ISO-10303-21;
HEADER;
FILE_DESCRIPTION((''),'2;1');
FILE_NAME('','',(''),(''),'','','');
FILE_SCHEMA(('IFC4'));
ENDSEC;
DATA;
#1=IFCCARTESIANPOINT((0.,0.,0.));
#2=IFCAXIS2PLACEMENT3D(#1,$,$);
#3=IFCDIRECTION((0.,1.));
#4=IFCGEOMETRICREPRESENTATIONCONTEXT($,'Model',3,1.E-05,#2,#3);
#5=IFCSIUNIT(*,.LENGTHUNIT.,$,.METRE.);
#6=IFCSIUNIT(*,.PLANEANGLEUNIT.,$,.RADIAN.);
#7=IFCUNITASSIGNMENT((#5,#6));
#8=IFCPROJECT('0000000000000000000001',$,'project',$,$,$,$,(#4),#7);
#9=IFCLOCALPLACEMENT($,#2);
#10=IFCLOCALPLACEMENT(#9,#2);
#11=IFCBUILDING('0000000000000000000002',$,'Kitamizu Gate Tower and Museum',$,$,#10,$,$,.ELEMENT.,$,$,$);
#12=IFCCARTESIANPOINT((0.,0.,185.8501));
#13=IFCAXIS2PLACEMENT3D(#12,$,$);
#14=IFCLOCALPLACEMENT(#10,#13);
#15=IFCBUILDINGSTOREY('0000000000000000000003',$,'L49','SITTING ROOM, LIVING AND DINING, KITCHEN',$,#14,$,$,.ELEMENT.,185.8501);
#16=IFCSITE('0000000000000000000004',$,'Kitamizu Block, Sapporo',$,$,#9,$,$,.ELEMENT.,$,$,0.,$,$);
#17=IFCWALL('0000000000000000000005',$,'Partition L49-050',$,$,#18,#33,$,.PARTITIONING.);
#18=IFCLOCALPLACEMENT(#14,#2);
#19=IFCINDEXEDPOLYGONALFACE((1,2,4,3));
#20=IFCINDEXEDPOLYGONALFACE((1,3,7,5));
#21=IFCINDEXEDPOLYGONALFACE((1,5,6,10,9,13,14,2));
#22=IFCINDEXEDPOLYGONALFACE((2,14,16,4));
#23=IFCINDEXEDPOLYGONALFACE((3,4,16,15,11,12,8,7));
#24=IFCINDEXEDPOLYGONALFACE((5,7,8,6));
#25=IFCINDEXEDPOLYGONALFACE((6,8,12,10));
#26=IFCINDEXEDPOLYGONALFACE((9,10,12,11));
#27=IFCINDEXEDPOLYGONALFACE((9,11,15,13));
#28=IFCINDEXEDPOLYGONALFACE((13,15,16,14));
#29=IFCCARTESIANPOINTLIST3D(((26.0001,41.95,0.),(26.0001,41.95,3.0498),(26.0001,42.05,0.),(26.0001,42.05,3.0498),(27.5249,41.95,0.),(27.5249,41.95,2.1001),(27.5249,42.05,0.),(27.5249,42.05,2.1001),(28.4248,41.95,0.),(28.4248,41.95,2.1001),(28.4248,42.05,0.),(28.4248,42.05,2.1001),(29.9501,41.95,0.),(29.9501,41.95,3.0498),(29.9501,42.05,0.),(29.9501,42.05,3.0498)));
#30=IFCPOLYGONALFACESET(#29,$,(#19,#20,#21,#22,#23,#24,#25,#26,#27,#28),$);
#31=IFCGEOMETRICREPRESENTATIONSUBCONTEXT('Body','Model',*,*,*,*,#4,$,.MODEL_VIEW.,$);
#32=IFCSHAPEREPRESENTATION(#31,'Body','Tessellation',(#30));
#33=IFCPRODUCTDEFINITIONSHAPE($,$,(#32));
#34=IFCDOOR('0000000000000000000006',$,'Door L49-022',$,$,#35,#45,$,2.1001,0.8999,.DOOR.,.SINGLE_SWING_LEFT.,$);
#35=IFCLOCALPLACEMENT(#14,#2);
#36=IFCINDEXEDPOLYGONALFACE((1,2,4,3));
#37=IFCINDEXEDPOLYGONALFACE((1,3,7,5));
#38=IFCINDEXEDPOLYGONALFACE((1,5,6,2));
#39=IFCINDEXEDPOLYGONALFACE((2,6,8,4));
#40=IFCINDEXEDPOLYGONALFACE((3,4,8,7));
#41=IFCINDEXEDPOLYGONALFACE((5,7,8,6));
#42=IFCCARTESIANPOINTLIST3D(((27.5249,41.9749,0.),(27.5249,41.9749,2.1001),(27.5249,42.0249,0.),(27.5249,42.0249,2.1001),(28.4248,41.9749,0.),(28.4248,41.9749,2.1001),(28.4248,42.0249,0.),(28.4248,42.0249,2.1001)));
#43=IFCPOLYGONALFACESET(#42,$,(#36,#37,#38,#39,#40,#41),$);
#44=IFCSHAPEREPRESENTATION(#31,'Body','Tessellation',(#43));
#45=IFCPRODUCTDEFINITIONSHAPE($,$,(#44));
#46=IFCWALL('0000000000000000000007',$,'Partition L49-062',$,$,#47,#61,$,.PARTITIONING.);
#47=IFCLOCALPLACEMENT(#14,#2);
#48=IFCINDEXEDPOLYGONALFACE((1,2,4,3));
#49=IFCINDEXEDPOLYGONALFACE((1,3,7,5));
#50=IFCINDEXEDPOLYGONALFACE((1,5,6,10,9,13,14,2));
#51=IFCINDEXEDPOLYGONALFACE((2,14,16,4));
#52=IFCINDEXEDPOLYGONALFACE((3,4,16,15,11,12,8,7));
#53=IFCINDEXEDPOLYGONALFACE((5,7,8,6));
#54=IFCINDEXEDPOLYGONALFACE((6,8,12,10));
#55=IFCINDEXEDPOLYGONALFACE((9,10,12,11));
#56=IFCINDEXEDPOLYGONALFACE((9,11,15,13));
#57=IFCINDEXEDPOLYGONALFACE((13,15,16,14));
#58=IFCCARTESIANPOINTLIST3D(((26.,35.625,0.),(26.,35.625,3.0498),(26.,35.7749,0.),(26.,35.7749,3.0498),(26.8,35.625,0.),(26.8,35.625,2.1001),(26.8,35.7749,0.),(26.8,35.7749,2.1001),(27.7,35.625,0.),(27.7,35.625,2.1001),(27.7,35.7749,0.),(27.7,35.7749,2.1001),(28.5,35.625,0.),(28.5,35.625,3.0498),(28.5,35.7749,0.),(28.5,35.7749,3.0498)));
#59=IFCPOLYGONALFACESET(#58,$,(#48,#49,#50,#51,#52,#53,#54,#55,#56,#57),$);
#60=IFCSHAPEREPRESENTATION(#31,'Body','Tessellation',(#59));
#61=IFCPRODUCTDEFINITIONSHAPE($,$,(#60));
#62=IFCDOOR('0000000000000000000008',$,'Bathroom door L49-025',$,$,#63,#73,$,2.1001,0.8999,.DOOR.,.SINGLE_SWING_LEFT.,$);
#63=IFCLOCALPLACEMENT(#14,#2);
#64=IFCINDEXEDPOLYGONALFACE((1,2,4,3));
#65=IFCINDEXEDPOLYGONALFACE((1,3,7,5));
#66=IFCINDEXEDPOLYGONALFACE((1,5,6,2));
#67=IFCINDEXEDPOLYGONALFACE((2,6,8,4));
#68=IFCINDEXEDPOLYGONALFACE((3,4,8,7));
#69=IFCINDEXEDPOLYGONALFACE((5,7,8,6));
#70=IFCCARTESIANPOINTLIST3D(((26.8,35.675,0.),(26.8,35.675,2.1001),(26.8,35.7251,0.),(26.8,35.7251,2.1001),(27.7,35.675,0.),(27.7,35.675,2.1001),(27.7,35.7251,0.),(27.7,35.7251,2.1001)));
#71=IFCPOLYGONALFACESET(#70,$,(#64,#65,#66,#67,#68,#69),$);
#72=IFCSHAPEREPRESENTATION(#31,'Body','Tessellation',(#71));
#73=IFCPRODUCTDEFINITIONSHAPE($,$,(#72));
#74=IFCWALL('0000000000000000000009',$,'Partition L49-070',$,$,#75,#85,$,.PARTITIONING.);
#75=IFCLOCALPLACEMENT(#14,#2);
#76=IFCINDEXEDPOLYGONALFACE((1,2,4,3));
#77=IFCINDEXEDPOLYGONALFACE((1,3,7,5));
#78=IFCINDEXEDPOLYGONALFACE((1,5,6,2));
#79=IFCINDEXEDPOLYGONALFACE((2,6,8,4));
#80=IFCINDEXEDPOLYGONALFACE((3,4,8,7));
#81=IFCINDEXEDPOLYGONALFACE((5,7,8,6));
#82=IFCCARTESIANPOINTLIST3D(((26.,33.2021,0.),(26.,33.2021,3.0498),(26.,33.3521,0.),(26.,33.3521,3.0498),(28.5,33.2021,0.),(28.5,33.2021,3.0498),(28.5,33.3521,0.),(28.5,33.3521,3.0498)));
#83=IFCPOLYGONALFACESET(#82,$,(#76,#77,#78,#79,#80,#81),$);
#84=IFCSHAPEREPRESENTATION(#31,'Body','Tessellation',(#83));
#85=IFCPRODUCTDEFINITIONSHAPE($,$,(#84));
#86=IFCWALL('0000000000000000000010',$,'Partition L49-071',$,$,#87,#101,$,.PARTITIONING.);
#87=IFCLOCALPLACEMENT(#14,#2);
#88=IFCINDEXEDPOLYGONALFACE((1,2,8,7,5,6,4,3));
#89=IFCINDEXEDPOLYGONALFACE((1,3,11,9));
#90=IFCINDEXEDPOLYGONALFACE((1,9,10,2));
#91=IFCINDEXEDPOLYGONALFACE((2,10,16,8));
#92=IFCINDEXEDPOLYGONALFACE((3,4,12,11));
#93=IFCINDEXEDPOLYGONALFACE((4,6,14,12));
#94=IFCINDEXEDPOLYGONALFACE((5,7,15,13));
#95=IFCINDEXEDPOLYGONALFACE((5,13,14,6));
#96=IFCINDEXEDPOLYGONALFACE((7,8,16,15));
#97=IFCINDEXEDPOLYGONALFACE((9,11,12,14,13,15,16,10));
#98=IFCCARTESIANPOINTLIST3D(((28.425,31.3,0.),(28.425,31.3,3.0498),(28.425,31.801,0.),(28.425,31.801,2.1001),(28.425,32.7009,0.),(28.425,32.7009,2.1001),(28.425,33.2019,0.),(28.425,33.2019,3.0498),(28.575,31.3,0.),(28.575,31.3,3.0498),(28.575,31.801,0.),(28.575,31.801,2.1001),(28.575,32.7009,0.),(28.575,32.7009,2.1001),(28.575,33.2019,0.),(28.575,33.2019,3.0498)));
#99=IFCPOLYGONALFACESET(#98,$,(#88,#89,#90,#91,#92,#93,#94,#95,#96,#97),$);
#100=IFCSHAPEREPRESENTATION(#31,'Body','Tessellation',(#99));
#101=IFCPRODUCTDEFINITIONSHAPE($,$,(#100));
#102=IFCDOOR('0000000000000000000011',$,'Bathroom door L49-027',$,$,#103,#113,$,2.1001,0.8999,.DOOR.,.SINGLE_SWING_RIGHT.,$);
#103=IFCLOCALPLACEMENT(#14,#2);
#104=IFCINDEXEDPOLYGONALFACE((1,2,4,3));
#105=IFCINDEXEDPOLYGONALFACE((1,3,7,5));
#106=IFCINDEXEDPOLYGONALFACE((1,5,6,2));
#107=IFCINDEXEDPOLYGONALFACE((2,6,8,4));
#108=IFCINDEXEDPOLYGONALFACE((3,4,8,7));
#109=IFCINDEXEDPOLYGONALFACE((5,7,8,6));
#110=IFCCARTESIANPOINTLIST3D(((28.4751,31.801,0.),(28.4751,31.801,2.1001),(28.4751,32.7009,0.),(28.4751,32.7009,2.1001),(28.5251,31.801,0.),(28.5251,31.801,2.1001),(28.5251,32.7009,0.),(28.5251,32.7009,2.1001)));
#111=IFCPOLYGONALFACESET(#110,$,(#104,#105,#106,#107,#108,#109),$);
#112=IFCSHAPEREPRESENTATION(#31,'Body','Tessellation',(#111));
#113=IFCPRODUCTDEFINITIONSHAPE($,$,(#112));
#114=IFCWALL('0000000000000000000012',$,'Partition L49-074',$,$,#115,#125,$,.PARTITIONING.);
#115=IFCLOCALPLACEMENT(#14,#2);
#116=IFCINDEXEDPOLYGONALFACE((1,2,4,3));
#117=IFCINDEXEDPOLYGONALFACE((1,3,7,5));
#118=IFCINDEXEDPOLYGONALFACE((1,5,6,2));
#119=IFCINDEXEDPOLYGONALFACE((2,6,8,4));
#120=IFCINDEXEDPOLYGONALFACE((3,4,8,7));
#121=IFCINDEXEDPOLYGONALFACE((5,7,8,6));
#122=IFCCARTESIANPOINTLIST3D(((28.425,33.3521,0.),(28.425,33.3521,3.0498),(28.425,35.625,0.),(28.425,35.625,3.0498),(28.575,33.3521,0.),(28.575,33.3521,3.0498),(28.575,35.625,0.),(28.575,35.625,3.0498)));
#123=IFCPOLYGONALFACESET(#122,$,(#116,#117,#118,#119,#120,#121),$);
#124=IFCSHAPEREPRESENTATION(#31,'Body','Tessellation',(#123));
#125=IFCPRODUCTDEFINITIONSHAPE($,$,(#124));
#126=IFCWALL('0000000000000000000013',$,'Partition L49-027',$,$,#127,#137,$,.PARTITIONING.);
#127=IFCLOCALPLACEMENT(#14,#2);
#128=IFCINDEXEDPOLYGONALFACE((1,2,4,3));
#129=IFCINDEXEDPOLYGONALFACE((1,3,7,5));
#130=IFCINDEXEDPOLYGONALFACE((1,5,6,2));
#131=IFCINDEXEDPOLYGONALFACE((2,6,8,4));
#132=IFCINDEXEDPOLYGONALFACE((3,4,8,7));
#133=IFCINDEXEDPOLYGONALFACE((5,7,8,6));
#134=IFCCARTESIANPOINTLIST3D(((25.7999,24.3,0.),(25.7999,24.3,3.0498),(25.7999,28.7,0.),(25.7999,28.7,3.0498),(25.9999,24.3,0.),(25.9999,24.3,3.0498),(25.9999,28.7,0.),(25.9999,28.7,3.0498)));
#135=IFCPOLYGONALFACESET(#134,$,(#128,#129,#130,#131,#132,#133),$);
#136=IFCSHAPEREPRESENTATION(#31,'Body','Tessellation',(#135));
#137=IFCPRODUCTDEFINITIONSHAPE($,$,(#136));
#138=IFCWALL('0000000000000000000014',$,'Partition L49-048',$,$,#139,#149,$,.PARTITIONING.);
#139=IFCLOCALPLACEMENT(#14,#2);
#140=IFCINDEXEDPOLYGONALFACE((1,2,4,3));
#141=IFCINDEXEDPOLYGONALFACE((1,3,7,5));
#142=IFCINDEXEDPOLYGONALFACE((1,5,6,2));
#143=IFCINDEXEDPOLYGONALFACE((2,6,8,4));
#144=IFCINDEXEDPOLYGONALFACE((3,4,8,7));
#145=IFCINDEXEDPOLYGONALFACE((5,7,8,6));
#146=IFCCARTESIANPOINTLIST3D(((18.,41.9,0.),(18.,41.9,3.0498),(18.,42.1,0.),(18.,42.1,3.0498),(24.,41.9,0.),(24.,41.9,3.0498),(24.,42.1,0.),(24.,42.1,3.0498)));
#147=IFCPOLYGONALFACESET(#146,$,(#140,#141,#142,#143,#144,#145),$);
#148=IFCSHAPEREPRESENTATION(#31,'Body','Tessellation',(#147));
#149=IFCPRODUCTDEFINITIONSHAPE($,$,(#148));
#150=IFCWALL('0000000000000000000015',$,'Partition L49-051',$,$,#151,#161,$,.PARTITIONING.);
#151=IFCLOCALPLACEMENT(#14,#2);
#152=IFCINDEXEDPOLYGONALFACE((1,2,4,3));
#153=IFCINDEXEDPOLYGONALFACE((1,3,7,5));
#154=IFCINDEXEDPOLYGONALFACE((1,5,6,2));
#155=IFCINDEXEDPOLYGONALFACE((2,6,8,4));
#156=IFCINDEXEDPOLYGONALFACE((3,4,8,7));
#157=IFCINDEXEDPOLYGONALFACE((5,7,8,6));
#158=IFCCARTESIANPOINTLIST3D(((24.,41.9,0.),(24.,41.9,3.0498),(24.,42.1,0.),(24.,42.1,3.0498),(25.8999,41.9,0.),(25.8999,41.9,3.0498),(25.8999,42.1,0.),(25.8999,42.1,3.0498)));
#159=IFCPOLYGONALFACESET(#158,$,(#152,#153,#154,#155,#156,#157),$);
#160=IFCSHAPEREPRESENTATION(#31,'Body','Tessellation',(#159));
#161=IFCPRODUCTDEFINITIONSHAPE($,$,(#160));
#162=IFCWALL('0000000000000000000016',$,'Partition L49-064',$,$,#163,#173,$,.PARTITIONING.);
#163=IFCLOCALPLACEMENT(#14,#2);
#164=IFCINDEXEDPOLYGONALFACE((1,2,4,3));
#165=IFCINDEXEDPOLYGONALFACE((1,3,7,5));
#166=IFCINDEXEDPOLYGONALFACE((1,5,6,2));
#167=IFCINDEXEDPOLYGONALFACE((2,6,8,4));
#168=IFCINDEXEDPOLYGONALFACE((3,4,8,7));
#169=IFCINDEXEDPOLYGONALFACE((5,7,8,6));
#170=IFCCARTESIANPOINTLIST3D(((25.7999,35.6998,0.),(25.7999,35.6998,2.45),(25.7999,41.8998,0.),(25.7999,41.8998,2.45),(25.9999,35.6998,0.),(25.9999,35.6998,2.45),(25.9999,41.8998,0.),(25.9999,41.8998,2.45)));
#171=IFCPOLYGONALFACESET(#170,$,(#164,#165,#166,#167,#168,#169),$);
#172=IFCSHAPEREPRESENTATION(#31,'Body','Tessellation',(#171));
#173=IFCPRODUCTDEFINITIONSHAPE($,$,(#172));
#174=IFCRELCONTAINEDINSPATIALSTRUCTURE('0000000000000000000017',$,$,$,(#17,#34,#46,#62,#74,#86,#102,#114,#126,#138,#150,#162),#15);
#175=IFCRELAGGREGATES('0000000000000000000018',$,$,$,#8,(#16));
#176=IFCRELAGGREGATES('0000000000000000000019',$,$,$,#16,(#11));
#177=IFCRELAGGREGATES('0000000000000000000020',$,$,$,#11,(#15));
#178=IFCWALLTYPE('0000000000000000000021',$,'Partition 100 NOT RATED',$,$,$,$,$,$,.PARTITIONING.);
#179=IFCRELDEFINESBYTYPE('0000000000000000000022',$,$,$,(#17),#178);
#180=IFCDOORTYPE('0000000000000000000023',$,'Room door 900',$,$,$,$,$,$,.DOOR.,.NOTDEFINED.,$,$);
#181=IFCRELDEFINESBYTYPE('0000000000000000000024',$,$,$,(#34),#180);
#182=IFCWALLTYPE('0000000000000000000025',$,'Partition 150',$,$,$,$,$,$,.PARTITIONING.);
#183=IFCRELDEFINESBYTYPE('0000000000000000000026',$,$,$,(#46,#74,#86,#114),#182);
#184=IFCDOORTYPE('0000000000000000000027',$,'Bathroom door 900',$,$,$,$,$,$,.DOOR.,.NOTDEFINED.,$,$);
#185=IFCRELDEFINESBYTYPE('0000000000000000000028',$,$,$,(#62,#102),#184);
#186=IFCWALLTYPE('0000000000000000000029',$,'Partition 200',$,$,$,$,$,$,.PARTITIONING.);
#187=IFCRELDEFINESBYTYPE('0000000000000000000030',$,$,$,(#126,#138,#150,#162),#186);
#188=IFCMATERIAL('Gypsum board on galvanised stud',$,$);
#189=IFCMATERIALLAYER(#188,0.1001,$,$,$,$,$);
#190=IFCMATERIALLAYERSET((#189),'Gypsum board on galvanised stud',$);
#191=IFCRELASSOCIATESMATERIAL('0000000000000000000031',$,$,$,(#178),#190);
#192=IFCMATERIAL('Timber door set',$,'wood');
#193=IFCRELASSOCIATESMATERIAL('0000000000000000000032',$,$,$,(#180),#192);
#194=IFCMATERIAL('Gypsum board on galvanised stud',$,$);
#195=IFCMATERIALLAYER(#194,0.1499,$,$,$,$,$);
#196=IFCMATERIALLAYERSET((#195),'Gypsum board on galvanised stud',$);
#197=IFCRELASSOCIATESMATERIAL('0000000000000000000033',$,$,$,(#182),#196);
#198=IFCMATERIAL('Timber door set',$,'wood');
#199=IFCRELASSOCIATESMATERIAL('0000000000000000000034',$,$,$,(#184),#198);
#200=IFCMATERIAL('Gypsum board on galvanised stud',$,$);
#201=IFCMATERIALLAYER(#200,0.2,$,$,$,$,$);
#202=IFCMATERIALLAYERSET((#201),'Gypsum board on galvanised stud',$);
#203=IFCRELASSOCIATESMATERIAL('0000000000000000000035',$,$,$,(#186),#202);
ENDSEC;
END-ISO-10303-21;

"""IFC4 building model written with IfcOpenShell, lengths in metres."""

from ifc_helpers import new_model, si_unit, direction, frame, frame_2d, origin, place, context, subcontext, project, spatial, rectangle, extrude, material, layer, layer_set, type_object, element, fill, save


model = new_model("IFC4")

# Units and contexts
model_context = context("Model", 3, precision=1e-05, world=origin(), true_north=direction((0.0, 1.0)))
body_context = subcontext(model_context, "Body", "Model", "MODEL_VIEW")
ifc_project = project(units=[si_unit("LENGTHUNIT", "METRE"), si_unit("PLANEANGLEUNIT", "RADIAN")], contexts=[model_context])

# Site, building, storey
site_placement = place(None, origin())
site = spatial("IfcSite", under=ifc_project, at=site_placement, Name="Kitamizu Block, Sapporo", CompositionType="ELEMENT", RefElevation=0.0)
building_placement = place(site_placement, origin())
building = spatial("IfcBuilding", under=site, at=building_placement, Name="Kitamizu Gate Tower and Museum", CompositionType="ELEMENT")
storey_placement = place(building_placement, frame((0.0, 0.0, 185.8501)))
storey = spatial("IfcBuildingStorey", under=building, at=storey_placement, Name="L49", Description="SITTING ROOM, LIVING AND DINING, KITCHEN", CompositionType="ELEMENT", Elevation=185.8501)

# Walls, openings, doors
ifc_material_1 = material(Name="Gypsum board on galvanised stud")
ifc_layer_1 = layer(ifc_material_1, 0.1001)
ifc_layer_set_1 = layer_set([ifc_layer_1], Name="Gypsum board on galvanised stud")
wall_type_1 = type_object("IfcWallType", Name="Partition 100 NOT RATED", PredefinedType="PARTITIONING", material=ifc_layer_set_1)
ifc_material_2 = material(Name="Timber door set", Category="wood")
door_type_1 = type_object("IfcDoorType", Name="Room door 900", OperationType="NOTDEFINED", PredefinedType="DOOR", material=ifc_material_2)
wall_1_placement = place(storey_placement, frame((26.0, 42.0, 0.0), z_axis=(0.0, 0.0, 1.0), x_axis=(1.0, 0.0, 0.0)))
wall_1 = element("IfcWall", 1, at=wall_1_placement, inside=storey, type_object=wall_type_1, Name="Partition L49-050", PredefinedType="PARTITIONING", context=body_context, shape_type="SweptSolid", body=[
    extrude(rectangle(XDim=3.95, YDim=0.1001, at=frame_2d((1.9751, 0.0))), origin(), (0.0, 0.0, 1.0), 3.0498),
])
opening_1_placement = place(wall_1_placement, frame((1.5249, 0.0, 0.0)))
opening_1 = element("IfcOpeningElement", 2, at=opening_1_placement, cuts=wall_1, PredefinedType="OPENING", context=body_context, shape_type="SweptSolid", body=[
    extrude(rectangle(XDim=0.8999, YDim=2.1001, at=frame_2d((0.45, 1.05))), frame((0.0, 0.0601, 0.0), z_axis=(0.0, -1.0, 0.0), x_axis=(1.0, 0.0, 0.0)), (0.0, 0.0, 1.0), 0.1201),
])
door_1_placement = place(opening_1_placement, origin())
door_1 = element("IfcDoor", 3, at=door_1_placement, inside=storey, type_object=door_type_1, Name="Door L49-022", OperationType="SINGLE_SWING_LEFT", OverallHeight=2.1001, OverallWidth=0.8999, PredefinedType="DOOR", context=body_context, shape_type="SweptSolid", body=[
    extrude(rectangle(XDim=0.8999, YDim=2.1001, at=frame_2d((0.45, 1.05))), frame((0.0, 0.0249, 0.0), z_axis=(0.0, -1.0, 0.0), x_axis=(1.0, 0.0, 0.0)), (0.0, 0.0, 1.0), 0.05),
])
fill(opening_1, door_1)
ifc_material_3 = material(Name="Gypsum board on galvanised stud")
ifc_layer_2 = layer(ifc_material_3, 0.1499)
ifc_layer_set_2 = layer_set([ifc_layer_2], Name="Gypsum board on galvanised stud")
wall_type_2 = type_object("IfcWallType", Name="Partition 150", PredefinedType="PARTITIONING", material=ifc_layer_set_2)
wall_2_placement = place(storey_placement, frame((26.0, 35.7, 0.0), z_axis=(0.0, 0.0, 1.0), x_axis=(1.0, 0.0, 0.0)))
wall_2 = element("IfcWall", 4, at=wall_2_placement, inside=storey, type_object=wall_type_2, Name="Partition L49-062", PredefinedType="PARTITIONING", context=body_context, shape_type="SweptSolid", body=[
    extrude(rectangle(XDim=2.5, YDim=0.1499, at=frame_2d((1.25, 0.0))), origin(), (0.0, 0.0, 1.0), 3.0498),
])
opening_2_placement = place(wall_2_placement, frame((0.8, 0.0, 0.0)))
opening_2 = element("IfcOpeningElement", 5, at=opening_2_placement, cuts=wall_2, PredefinedType="OPENING", context=body_context, shape_type="SweptSolid", body=[
    extrude(rectangle(XDim=0.8999, YDim=2.1001, at=frame_2d((0.45, 1.05))), frame((0.0, 0.085, 0.0), z_axis=(0.0, -1.0, 0.0), x_axis=(1.0, 0.0, 0.0)), (0.0, 0.0, 1.0), 0.1699),
])
ifc_material_4 = material(Name="Timber door set", Category="wood")
door_type_2 = type_object("IfcDoorType", Name="Bathroom door 900", OperationType="NOTDEFINED", PredefinedType="DOOR", material=ifc_material_4)
door_2_placement = place(opening_2_placement, frame((0.8999, 0.0, 0.0), x_axis=(-1.0, 0.0, 0.0)))
door_2 = element("IfcDoor", 6, at=door_2_placement, inside=storey, type_object=door_type_2, Name="Bathroom door L49-025", OperationType="SINGLE_SWING_LEFT", OverallHeight=2.1001, OverallWidth=0.8999, PredefinedType="DOOR", context=body_context, shape_type="SweptSolid", body=[
    extrude(rectangle(XDim=0.8999, YDim=2.1001, at=frame_2d((0.45, 1.05))), frame((0.0, 0.0249, 0.0), z_axis=(0.0, -1.0, 0.0), x_axis=(1.0, 0.0, 0.0)), (0.0, 0.0, 1.0), 0.05),
])
fill(opening_2, door_2)

# Wall
wall_3_placement = place(storey_placement, frame((28.5, 33.2771, 0.0), z_axis=(0.0, 0.0, 1.0), x_axis=(-1.0, 0.0, 0.0)))
element("IfcWall", 7, at=wall_3_placement, inside=storey, type_object=wall_type_2, Name="Partition L49-070", PredefinedType="PARTITIONING", context=body_context, shape_type="SweptSolid", body=[
    extrude(rectangle(XDim=2.5, YDim=0.1499, at=frame_2d((1.25, 0.0))), origin(), (0.0, 0.0, 1.0), 3.0498),
])

# Wall, opening, door
wall_4_placement = place(storey_placement, frame((28.5, 31.3, 0.0), z_axis=(0.0, 0.0, 1.0), x_axis=(0.0, 1.0, 0.0)))
wall_4 = element("IfcWall", 8, at=wall_4_placement, inside=storey, type_object=wall_type_2, Name="Partition L49-071", PredefinedType="PARTITIONING", context=body_context, shape_type="SweptSolid", body=[
    extrude(rectangle(XDim=1.9019, YDim=0.1499, at=frame_2d((0.9509, 0.0))), origin(), (0.0, 0.0, 1.0), 3.0498),
])
opening_3_placement = place(wall_4_placement, frame((0.501, 0.0, 0.0)))
opening_3 = element("IfcOpeningElement", 9, at=opening_3_placement, cuts=wall_4, PredefinedType="OPENING", context=body_context, shape_type="SweptSolid", body=[
    extrude(rectangle(XDim=0.8999, YDim=2.1001, at=frame_2d((0.45, 1.05))), frame((0.0, 0.085, 0.0), z_axis=(0.0, -1.0, 0.0), x_axis=(1.0, 0.0, 0.0)), (0.0, 0.0, 1.0), 0.1699),
])
door_3_placement = place(opening_3_placement, origin())
door_3 = element("IfcDoor", 10, at=door_3_placement, inside=storey, type_object=door_type_2, Name="Bathroom door L49-027", OperationType="SINGLE_SWING_RIGHT", OverallHeight=2.1001, OverallWidth=0.8999, PredefinedType="DOOR", context=body_context, shape_type="SweptSolid", body=[
    extrude(rectangle(XDim=0.8999, YDim=2.1001, at=frame_2d((0.45, 1.05))), frame((0.0, 0.0249, 0.0), z_axis=(0.0, -1.0, 0.0), x_axis=(1.0, 0.0, 0.0)), (0.0, 0.0, 1.0), 0.05),
])
fill(opening_3, door_3)

# Walls
wall_5_placement = place(storey_placement, frame((28.5, 33.3521, 0.0), z_axis=(0.0, 0.0, 1.0), x_axis=(0.0, 1.0, 0.0)))
element("IfcWall", 11, at=wall_5_placement, inside=storey, type_object=wall_type_2, Name="Partition L49-074", PredefinedType="PARTITIONING", context=body_context, shape_type="SweptSolid", body=[
    extrude(rectangle(XDim=2.2729, YDim=0.1499, at=frame_2d((1.1365, 0.0))), origin(), (0.0, 0.0, 1.0), 3.0498),
])
ifc_material_5 = material(Name="Gypsum board on galvanised stud")
ifc_layer_3 = layer(ifc_material_5, 0.2)
ifc_layer_set_3 = layer_set([ifc_layer_3], Name="Gypsum board on galvanised stud")
wall_type_3 = type_object("IfcWallType", Name="Partition 200", PredefinedType="PARTITIONING", material=ifc_layer_set_3)
wall_6_placement = place(storey_placement, frame((25.8999, 28.7, 0.0), z_axis=(0.0, 0.0, 1.0), x_axis=(0.0, -1.0, 0.0)))
element("IfcWall", 12, at=wall_6_placement, inside=storey, type_object=wall_type_3, Name="Partition L49-027", PredefinedType="PARTITIONING", context=body_context, shape_type="SweptSolid", body=[
    extrude(rectangle(XDim=4.3999, YDim=0.2, at=frame_2d((2.2, 0.0))), origin(), (0.0, 0.0, 1.0), 3.0498),
])
wall_7_placement = place(storey_placement, frame((18.0, 42.0, 0.0), z_axis=(0.0, 0.0, 1.0), x_axis=(1.0, 0.0, 0.0)))
element("IfcWall", 13, at=wall_7_placement, inside=storey, type_object=wall_type_3, Name="Partition L49-048", PredefinedType="PARTITIONING", context=body_context, shape_type="SweptSolid", body=[
    extrude(rectangle(XDim=6.0, YDim=0.2, at=frame_2d((3.0, 0.0))), origin(), (0.0, 0.0, 1.0), 3.0498),
])
wall_8_placement = place(storey_placement, frame((24.0, 42.0, 0.0), z_axis=(0.0, 0.0, 1.0), x_axis=(1.0, 0.0, 0.0)))
element("IfcWall", 14, at=wall_8_placement, inside=storey, type_object=wall_type_3, Name="Partition L49-051", PredefinedType="PARTITIONING", context=body_context, shape_type="SweptSolid", body=[
    extrude(rectangle(XDim=1.8999, YDim=0.2, at=frame_2d((0.95, 0.0))), origin(), (0.0, 0.0, 1.0), 3.0498),
])
wall_9_placement = place(storey_placement, frame((25.8999, 41.8999, 0.0), z_axis=(0.0, 0.0, 1.0), x_axis=(0.0, -1.0, 0.0)))
element("IfcWall", 15, at=wall_9_placement, inside=storey, type_object=wall_type_3, Name="Partition L49-064", PredefinedType="PARTITIONING", context=body_context, shape_type="SweptSolid", body=[
    extrude(rectangle(XDim=6.2, YDim=0.2, at=frame_2d((3.1001, 0.0))), origin(), (0.0, 0.0, 1.0), 2.45),
])

save(model, "model.ifc")
